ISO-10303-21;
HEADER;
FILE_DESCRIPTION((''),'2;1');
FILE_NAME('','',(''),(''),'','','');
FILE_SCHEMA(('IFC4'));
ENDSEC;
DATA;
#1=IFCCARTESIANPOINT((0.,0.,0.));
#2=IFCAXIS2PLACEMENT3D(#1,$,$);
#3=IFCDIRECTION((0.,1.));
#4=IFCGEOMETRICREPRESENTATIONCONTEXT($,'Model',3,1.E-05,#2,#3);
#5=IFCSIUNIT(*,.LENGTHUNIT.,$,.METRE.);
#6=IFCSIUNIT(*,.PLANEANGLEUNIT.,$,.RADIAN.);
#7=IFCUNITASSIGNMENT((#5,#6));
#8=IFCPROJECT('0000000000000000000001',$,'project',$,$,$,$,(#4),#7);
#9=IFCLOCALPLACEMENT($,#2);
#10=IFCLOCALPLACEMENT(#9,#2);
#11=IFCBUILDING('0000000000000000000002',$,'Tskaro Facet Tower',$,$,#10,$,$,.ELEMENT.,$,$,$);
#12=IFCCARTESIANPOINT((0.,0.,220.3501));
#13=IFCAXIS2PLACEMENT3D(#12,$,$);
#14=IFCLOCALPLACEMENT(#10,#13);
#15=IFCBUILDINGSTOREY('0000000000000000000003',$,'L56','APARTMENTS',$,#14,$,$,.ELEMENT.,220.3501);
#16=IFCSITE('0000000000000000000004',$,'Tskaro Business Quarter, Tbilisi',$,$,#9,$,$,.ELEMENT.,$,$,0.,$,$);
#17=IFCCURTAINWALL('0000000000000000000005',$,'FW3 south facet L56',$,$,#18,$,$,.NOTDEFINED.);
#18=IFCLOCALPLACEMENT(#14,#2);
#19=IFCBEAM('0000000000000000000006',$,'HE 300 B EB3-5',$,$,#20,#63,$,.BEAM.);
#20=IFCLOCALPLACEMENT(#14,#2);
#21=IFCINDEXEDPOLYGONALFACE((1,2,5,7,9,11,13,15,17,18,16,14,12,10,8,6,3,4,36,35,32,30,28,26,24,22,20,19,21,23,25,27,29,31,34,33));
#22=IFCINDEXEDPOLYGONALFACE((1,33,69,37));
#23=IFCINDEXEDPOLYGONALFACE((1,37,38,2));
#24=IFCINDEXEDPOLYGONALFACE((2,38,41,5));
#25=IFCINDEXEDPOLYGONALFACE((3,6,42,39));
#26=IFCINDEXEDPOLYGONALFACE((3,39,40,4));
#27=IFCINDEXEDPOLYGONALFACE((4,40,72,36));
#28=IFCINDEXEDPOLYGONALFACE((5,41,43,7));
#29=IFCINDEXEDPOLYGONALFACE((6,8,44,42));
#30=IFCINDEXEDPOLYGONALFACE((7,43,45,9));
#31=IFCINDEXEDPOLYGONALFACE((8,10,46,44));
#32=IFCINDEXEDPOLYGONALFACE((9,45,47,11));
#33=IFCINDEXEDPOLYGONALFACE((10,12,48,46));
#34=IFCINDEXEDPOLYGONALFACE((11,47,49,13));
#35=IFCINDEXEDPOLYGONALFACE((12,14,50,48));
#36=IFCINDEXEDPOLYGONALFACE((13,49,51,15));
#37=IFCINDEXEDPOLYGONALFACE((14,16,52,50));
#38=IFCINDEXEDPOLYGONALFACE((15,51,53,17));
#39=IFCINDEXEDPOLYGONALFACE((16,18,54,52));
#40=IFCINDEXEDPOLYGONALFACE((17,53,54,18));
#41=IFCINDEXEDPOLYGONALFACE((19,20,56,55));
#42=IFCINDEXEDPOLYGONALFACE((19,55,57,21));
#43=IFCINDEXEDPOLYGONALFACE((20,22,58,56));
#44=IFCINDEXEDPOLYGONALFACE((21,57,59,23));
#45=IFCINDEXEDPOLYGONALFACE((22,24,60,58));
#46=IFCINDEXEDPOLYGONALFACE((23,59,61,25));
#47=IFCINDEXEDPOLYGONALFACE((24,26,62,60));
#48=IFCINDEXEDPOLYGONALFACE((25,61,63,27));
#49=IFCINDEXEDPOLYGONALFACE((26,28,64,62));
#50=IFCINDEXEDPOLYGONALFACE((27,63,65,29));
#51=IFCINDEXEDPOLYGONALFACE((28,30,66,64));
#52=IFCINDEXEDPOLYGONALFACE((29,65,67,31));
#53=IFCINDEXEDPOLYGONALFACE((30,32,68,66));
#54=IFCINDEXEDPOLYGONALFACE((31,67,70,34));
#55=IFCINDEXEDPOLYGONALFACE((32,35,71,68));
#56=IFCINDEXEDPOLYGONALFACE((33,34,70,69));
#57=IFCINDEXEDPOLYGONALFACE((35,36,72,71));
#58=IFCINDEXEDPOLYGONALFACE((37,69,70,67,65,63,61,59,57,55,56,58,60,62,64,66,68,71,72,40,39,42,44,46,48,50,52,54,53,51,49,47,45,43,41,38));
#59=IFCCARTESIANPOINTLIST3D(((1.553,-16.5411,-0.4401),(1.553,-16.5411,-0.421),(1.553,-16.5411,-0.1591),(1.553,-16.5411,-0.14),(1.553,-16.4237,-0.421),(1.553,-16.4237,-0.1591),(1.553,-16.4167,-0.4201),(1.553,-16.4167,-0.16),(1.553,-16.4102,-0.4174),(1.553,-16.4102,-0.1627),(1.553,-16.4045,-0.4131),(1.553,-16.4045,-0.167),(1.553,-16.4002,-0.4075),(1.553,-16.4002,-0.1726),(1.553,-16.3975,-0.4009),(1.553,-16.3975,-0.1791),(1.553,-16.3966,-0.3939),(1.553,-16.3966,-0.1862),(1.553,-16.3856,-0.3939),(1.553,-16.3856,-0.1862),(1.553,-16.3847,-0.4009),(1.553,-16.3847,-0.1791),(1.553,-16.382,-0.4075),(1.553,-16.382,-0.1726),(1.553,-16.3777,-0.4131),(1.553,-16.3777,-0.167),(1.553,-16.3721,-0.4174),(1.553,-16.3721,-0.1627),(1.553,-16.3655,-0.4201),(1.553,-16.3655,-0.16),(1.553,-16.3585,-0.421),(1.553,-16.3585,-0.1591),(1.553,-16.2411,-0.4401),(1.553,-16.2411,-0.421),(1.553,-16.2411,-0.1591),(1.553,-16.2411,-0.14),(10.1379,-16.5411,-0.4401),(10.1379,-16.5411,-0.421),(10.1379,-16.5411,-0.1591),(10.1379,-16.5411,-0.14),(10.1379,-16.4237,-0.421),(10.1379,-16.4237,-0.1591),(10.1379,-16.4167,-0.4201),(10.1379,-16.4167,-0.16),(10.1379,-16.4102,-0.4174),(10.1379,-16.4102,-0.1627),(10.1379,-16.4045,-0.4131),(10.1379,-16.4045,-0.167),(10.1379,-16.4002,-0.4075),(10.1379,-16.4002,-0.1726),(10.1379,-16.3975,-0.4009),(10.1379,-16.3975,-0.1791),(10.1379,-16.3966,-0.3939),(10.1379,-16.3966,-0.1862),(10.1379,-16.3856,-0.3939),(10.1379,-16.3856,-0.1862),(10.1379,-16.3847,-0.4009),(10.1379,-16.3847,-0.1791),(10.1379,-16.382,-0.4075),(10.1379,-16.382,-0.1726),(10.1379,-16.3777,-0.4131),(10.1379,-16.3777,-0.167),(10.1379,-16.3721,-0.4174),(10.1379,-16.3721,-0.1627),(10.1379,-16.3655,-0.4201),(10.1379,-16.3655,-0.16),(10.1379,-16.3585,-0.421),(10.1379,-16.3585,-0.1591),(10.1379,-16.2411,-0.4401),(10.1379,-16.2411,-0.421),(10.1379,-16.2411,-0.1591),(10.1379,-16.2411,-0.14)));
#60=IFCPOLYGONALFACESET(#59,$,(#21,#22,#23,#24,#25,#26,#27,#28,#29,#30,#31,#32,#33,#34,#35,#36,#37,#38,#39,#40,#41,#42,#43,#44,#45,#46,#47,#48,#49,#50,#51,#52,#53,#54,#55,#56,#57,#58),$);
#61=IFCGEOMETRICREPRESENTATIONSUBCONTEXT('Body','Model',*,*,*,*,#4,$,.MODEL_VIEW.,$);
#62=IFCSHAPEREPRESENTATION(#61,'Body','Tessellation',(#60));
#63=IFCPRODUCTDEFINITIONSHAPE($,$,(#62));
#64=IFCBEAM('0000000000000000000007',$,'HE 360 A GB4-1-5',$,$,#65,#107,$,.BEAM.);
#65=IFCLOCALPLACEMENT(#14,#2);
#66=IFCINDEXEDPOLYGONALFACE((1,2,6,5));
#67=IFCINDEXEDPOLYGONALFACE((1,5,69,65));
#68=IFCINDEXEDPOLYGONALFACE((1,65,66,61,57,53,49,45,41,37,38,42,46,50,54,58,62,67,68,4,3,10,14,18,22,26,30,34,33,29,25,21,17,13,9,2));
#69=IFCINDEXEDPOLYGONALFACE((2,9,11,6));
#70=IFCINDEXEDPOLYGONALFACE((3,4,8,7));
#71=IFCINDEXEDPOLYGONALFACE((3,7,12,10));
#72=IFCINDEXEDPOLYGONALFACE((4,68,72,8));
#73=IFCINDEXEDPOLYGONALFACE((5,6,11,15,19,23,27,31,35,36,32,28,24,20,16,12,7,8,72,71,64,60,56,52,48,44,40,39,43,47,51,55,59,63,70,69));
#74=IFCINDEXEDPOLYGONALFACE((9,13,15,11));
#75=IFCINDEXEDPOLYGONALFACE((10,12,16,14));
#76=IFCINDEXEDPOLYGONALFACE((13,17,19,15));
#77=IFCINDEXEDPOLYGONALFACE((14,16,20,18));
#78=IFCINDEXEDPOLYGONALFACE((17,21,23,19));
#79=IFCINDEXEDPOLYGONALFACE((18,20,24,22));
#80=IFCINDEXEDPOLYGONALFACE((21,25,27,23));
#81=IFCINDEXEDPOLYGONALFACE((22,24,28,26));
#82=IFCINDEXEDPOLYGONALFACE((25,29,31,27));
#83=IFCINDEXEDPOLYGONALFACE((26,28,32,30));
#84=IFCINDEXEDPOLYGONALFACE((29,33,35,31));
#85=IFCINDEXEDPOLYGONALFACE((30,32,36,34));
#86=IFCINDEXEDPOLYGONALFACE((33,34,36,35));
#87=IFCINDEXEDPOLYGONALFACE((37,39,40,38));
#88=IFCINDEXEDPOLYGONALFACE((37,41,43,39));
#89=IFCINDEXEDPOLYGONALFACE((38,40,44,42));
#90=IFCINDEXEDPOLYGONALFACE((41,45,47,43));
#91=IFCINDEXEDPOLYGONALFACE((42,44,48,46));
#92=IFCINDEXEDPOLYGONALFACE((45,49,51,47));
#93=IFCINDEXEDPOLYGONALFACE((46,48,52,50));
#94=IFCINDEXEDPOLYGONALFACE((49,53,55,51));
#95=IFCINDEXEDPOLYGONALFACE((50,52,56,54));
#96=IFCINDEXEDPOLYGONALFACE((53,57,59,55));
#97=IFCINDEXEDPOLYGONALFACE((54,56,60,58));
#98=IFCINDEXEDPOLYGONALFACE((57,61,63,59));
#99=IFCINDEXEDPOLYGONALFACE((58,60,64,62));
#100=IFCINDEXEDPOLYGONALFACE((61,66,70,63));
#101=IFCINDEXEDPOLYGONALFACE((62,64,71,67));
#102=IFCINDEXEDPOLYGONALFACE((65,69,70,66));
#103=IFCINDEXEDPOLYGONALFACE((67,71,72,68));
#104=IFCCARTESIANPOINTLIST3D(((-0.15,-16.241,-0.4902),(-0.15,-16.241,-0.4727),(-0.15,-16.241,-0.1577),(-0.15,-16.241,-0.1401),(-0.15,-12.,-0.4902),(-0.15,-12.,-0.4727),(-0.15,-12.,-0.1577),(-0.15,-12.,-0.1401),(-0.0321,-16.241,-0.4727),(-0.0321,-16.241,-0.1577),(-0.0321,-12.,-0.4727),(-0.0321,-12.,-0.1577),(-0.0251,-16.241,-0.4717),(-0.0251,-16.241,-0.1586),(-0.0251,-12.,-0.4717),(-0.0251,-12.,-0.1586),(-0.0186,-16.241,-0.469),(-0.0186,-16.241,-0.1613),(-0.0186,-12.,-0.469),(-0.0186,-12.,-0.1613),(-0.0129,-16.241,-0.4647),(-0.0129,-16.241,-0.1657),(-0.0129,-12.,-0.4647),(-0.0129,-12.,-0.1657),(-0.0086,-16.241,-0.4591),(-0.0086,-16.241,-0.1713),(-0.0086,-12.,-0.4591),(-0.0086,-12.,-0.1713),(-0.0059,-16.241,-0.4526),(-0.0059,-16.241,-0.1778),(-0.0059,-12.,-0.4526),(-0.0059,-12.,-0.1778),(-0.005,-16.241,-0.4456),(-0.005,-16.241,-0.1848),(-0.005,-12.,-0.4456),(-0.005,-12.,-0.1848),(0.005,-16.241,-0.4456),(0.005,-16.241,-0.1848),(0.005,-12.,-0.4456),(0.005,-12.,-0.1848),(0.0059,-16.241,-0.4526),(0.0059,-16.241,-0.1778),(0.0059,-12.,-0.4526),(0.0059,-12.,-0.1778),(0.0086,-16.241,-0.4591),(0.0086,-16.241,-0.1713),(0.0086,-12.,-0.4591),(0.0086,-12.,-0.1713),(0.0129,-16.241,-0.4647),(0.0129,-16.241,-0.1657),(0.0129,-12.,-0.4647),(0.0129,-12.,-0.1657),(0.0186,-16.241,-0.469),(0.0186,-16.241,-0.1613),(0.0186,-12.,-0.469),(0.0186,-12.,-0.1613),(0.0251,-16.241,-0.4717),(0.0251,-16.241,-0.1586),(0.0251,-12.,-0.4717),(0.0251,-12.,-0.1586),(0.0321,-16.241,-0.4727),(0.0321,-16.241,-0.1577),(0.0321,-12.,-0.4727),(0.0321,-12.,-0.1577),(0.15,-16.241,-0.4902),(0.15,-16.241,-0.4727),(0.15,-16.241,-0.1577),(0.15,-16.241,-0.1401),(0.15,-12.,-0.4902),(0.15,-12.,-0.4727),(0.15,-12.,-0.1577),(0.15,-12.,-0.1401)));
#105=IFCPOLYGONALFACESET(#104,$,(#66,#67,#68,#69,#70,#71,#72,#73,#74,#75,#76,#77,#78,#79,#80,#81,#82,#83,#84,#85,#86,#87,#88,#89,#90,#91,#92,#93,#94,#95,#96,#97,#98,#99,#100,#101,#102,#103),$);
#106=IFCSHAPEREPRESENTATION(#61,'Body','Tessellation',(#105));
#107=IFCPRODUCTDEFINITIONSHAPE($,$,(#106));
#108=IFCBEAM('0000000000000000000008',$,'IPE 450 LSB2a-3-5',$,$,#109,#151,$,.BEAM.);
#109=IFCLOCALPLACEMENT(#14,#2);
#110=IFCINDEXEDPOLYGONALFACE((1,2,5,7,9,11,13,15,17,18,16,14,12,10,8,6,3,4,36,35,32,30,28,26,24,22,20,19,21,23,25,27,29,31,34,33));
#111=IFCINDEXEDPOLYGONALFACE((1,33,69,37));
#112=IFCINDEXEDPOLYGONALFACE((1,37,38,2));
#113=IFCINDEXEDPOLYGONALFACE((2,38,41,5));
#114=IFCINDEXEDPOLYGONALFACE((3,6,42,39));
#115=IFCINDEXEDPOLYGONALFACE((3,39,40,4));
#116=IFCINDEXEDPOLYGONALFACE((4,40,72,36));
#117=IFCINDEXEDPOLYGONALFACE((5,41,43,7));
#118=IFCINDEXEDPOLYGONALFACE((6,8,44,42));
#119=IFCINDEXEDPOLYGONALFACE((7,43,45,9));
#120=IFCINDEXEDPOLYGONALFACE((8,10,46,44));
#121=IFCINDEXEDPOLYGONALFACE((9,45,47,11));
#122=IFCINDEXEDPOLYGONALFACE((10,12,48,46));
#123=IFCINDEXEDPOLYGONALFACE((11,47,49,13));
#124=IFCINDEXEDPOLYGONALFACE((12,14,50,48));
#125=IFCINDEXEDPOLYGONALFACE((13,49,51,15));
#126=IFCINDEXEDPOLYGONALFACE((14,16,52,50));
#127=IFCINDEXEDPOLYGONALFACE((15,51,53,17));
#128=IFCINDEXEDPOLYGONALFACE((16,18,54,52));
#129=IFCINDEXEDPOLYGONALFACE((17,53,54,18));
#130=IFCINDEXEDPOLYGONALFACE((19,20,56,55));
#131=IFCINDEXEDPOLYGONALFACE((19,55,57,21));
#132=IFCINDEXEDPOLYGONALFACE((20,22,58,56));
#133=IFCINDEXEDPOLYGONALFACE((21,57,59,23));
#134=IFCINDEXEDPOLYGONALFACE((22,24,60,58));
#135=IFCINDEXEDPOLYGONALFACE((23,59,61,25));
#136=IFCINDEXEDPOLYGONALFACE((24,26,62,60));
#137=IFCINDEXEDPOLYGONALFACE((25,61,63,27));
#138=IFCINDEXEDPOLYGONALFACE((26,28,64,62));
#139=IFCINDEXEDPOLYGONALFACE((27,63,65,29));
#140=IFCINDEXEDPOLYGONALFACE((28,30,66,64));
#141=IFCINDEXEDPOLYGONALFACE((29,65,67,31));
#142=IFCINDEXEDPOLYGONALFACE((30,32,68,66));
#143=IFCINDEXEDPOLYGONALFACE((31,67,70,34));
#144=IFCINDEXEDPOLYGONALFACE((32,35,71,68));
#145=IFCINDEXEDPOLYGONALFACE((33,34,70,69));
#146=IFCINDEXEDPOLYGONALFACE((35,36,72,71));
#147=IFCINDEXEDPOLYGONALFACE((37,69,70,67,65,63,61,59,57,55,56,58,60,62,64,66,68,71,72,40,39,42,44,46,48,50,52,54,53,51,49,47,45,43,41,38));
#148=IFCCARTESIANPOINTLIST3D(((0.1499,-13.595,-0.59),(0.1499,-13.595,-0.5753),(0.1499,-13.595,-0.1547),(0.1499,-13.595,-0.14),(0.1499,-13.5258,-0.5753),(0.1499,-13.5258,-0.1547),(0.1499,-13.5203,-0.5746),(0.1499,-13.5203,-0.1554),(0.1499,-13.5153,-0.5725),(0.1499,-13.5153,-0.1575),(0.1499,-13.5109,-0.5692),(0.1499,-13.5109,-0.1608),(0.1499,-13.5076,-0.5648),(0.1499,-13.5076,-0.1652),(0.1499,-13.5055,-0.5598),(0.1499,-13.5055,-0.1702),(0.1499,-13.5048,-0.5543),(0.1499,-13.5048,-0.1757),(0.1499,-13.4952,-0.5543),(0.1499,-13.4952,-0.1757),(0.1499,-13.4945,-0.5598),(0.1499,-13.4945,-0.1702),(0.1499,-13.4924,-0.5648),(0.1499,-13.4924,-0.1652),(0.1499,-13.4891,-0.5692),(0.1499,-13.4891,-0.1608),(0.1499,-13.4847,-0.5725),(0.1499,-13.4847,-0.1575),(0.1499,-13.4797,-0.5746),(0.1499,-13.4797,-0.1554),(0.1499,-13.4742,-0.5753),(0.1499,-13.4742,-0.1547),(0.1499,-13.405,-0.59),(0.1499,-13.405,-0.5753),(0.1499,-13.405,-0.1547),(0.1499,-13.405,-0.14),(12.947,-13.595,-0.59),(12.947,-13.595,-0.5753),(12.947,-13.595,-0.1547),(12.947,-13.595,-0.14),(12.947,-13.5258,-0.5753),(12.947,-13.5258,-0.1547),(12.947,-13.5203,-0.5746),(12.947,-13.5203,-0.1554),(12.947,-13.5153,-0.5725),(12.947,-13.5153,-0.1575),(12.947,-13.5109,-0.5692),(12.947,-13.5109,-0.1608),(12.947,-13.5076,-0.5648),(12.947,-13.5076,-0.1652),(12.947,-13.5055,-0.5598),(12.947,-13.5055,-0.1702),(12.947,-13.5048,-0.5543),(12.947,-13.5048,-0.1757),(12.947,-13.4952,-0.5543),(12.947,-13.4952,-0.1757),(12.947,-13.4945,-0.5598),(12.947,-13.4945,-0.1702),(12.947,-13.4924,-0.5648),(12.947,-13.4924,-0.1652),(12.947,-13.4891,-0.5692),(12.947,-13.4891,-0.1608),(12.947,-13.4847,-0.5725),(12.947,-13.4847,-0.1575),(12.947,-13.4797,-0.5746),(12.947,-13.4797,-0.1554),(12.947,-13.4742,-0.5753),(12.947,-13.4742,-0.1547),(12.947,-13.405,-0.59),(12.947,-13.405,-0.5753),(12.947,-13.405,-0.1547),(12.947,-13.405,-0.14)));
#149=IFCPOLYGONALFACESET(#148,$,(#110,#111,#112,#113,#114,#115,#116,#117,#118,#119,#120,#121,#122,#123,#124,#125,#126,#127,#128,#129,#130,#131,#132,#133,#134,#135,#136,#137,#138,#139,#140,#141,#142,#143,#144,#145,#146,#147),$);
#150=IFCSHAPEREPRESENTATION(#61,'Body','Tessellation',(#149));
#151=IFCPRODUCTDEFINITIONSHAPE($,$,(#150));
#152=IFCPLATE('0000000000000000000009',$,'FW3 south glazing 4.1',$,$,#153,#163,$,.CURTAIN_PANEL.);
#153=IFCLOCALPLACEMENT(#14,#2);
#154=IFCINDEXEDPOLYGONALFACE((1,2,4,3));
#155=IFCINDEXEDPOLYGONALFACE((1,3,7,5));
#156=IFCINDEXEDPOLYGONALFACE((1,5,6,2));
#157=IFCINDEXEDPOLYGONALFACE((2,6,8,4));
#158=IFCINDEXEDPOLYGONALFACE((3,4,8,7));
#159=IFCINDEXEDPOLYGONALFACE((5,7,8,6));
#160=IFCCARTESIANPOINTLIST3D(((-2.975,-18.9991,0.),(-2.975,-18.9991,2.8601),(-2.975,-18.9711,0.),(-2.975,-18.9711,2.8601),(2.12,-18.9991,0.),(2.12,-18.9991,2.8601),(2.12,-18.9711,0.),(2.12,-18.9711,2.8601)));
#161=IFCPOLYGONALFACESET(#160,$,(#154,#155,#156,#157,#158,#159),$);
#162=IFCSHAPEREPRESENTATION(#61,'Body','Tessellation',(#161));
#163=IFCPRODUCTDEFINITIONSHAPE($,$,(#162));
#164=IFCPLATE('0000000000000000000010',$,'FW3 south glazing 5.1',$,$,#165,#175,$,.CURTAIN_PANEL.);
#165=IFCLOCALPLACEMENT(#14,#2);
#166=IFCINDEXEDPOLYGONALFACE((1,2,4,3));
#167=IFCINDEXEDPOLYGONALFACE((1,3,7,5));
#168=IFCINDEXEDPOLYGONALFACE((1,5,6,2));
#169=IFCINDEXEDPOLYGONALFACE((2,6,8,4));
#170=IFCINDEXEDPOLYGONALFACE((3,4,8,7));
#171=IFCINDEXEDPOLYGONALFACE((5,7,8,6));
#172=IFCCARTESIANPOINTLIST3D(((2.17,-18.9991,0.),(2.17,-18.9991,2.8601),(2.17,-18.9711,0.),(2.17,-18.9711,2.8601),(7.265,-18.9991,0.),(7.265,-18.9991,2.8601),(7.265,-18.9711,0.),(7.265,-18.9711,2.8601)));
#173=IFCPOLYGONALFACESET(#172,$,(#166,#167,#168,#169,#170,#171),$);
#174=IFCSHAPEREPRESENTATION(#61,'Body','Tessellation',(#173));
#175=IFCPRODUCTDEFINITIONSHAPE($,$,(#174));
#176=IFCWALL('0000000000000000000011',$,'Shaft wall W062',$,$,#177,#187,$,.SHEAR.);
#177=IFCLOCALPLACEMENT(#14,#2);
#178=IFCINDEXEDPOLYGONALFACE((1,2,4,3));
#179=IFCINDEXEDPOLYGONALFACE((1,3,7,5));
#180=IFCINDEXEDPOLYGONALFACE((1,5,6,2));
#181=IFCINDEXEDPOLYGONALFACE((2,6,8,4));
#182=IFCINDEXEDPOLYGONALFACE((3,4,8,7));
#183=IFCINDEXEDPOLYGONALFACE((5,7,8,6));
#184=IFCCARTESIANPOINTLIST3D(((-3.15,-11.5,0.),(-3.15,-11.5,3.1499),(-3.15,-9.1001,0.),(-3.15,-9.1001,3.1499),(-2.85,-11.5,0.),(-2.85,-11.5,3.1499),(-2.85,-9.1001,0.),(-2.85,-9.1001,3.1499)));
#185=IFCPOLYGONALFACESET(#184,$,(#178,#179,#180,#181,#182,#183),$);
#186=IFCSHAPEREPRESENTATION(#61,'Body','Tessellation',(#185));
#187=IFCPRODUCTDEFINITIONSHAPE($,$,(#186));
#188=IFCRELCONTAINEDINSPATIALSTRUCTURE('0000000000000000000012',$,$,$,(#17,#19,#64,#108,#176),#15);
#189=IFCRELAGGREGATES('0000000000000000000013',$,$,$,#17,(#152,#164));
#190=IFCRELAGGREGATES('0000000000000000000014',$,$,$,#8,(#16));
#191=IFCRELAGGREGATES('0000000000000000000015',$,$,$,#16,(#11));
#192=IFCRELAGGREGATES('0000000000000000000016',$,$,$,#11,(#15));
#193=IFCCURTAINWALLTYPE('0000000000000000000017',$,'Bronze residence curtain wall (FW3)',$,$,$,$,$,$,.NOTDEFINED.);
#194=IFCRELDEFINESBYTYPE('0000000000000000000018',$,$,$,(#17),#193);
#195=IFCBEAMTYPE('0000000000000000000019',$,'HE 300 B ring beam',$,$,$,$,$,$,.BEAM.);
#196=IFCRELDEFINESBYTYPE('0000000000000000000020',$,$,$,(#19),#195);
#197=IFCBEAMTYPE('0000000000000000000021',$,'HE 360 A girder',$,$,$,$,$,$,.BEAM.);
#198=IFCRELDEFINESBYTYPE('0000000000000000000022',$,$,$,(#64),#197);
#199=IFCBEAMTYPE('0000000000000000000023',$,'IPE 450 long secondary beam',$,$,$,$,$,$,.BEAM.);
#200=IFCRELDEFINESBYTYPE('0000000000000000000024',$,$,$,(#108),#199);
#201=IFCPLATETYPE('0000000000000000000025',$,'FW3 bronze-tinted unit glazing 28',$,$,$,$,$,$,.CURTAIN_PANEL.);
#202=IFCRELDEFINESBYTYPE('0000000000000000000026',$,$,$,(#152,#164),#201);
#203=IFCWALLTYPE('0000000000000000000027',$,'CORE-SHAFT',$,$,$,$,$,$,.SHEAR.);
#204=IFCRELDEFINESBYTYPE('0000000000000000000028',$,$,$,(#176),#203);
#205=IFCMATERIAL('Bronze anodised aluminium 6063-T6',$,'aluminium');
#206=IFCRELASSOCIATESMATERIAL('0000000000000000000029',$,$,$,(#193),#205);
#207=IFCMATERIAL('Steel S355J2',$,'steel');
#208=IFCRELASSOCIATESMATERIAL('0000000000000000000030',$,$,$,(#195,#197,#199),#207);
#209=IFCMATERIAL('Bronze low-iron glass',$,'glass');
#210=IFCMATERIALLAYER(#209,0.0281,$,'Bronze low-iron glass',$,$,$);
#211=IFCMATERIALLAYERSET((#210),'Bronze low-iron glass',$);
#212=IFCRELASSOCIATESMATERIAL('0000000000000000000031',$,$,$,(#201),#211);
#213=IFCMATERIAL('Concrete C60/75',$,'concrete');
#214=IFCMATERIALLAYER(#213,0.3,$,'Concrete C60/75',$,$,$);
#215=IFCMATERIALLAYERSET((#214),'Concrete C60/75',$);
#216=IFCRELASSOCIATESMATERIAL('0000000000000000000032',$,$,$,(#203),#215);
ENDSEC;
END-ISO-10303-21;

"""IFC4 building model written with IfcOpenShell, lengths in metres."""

from ifc_helpers import new_model, si_unit, direction, frame, frame_2d, origin, origin_2d, place, context, subcontext, project, spatial, rectangle, i_section, extrude, material, layer, layer_set, material_profile, profile_set, type_object, element, aggregate, save


model = new_model("IFC4")

# Units and contexts
model_context = context("Model", 3, precision=1e-05, world=origin(), true_north=direction((0.0, 1.0)))
body_context = subcontext(model_context, "Body", "Model", "MODEL_VIEW")
ifc_project = project(units=[si_unit("LENGTHUNIT", "METRE"), si_unit("PLANEANGLEUNIT", "RADIAN")], contexts=[model_context])

# Site, building, storey
site_placement = place(None, origin())
site = spatial("IfcSite", under=ifc_project, at=site_placement, Name="Tskaro Business Quarter, Tbilisi", CompositionType="ELEMENT", RefElevation=0.0)
building_placement = place(site_placement, origin())
building = spatial("IfcBuilding", under=site, at=building_placement, Name="Tskaro Facet Tower", CompositionType="ELEMENT")
storey_placement = place(building_placement, frame((0.0, 0.0, 220.3501)))
storey = spatial("IfcBuildingStorey", under=building, at=storey_placement, Name="L56", Description="APARTMENTS", CompositionType="ELEMENT", Elevation=220.3501)

# Shared definitions
ifc_material_1 = material(Name="Steel S355J2", Category="steel")

# Curtain wall
ifc_material_2 = material(Name="Bronze anodised aluminium 6063-T6", Category="aluminium")
curtain_wall_type = type_object("IfcCurtainWallType", Name="Bronze residence curtain wall (FW3)", PredefinedType="NOTDEFINED", material=ifc_material_2)
curtain_wall_placement = place(storey_placement, origin())
curtain_wall = element("IfcCurtainWall", 1, at=curtain_wall_placement, inside=storey, type_object=curtain_wall_type, Name="FW3 south facet L56", PredefinedType="NOTDEFINED")

# Beams
ifc_material_profile_1 = material_profile(ifc_material_1, i_section(OverallWidth=0.3, OverallDepth=0.3, WebThickness=0.011, FlangeThickness=0.019, FilletRadius=0.0271, at=origin_2d()), Name="HE 300 B")
ifc_profile_set_1 = profile_set([ifc_material_profile_1], Name="Steel S355J2")
beam_type_1 = type_object("IfcBeamType", Name="HE 300 B ring beam", PredefinedType="BEAM", material=ifc_profile_set_1)
beam_1_placement = place(storey_placement, frame((1.553, -16.3911, -0.29), z_axis=(1.0, 0.0, 0.0), x_axis=(0.0, 1.0, 0.0)))
element("IfcBeam", 2, at=beam_1_placement, inside=storey, type_object=beam_type_1, Name="HE 300 B EB3-5", PredefinedType="BEAM", context=body_context, shape_type="SweptSolid", body=[
    extrude(i_section(OverallWidth=0.3, OverallDepth=0.3, WebThickness=0.011, FlangeThickness=0.019, FilletRadius=0.0271, at=origin_2d()), origin(), (0.0, 0.0, 1.0), 8.585),
])
ifc_material_profile_2 = material_profile(ifc_material_1, i_section(OverallWidth=0.3, OverallDepth=0.3501, WebThickness=0.01, FlangeThickness=0.0176, FilletRadius=0.0271, at=origin_2d()), Name="HE 360 A")
ifc_profile_set_2 = profile_set([ifc_material_profile_2], Name="Steel S355J2")
beam_type_2 = type_object("IfcBeamType", Name="HE 360 A girder", PredefinedType="BEAM", material=ifc_profile_set_2)
beam_2_placement = place(storey_placement, frame((0.0, -16.241, -0.3152), z_axis=(0.0, 1.0, 0.0), x_axis=(-1.0, 0.0, 0.0)))
element("IfcBeam", 3, at=beam_2_placement, inside=storey, type_object=beam_type_2, Name="HE 360 A GB4-1-5", PredefinedType="BEAM", context=body_context, shape_type="SweptSolid", body=[
    extrude(i_section(OverallWidth=0.3, OverallDepth=0.3501, WebThickness=0.01, FlangeThickness=0.0176, FilletRadius=0.0271, at=origin_2d()), origin(), (0.0, 0.0, 1.0), 4.241),
])
ifc_material_profile_3 = material_profile(ifc_material_1, i_section(OverallWidth=0.1899, OverallDepth=0.45, WebThickness=0.0095, FlangeThickness=0.0146, FilletRadius=0.021, at=origin_2d()), Name="IPE 450")
ifc_profile_set_3 = profile_set([ifc_material_profile_3], Name="Steel S355J2")
beam_type_3 = type_object("IfcBeamType", Name="IPE 450 long secondary beam", PredefinedType="BEAM", material=ifc_profile_set_3)
beam_3_placement = place(storey_placement, frame((0.1499, -13.5, -0.365), z_axis=(1.0, 0.0, 0.0), x_axis=(0.0, 1.0, 0.0)))
element("IfcBeam", 4, at=beam_3_placement, inside=storey, type_object=beam_type_3, Name="IPE 450 LSB2a-3-5", PredefinedType="BEAM", context=body_context, shape_type="SweptSolid", body=[
    extrude(i_section(OverallWidth=0.1899, OverallDepth=0.45, WebThickness=0.0095, FlangeThickness=0.0146, FilletRadius=0.021, at=origin_2d()), origin(), (0.0, 0.0, 1.0), 12.7971),
])

# Plates
ifc_material_3 = material(Name="Bronze low-iron glass", Category="glass")
ifc_layer_1 = layer(ifc_material_3, 0.0281, Name="Bronze low-iron glass")
ifc_layer_set_1 = layer_set([ifc_layer_1], Name="Bronze low-iron glass")
plate_type = type_object("IfcPlateType", Name="FW3 bronze-tinted unit glazing 28", PredefinedType="CURTAIN_PANEL", material=ifc_layer_set_1)
plate_1_placement = place(storey_placement, frame((-0.4275, -18.9851, 0.0), z_axis=(0.0, 0.0, 1.0), x_axis=(1.0, 0.0, 0.0)))
plate_1 = element("IfcPlate", 5, at=plate_1_placement, type_object=plate_type, Name="FW3 south glazing 4.1", PredefinedType="CURTAIN_PANEL", context=body_context, shape_type="SweptSolid", body=[
    extrude(rectangle(XDim=5.095, YDim=0.0281, at=origin_2d()), origin(), (0.0, 0.0, 1.0), 2.8601),
])
plate_2_placement = place(storey_placement, frame((4.7175, -18.9851, 0.0), z_axis=(0.0, 0.0, 1.0), x_axis=(1.0, 0.0, 0.0)))
plate_2 = element("IfcPlate", 6, at=plate_2_placement, type_object=plate_type, Name="FW3 south glazing 5.1", PredefinedType="CURTAIN_PANEL", context=body_context, shape_type="SweptSolid", body=[
    extrude(rectangle(XDim=5.095, YDim=0.0281, at=origin_2d()), origin(), (0.0, 0.0, 1.0), 2.8601),
])
aggregate(curtain_wall, [plate_1, plate_2])

# Wall
ifc_material_4 = material(Name="Concrete C60/75", Category="concrete")
ifc_layer_2 = layer(ifc_material_4, 0.3, Name="Concrete C60/75")
ifc_layer_set_2 = layer_set([ifc_layer_2], Name="Concrete C60/75")
wall_type = type_object("IfcWallType", Name="CORE-SHAFT", PredefinedType="SHEAR", material=ifc_layer_set_2)
wall_placement = place(storey_placement, frame((-3.0, -11.5, 0.0), z_axis=(0.0, 0.0, 1.0), x_axis=(0.0, 1.0, 0.0)))
element("IfcWall", 7, at=wall_placement, inside=storey, type_object=wall_type, Name="Shaft wall W062", PredefinedType="SHEAR", context=body_context, shape_type="SweptSolid", body=[
    extrude(rectangle(XDim=2.3999, YDim=0.3, at=frame_2d((1.2, 0.0))), origin(), (0.0, 0.0, 1.0), 3.1499),
])

save(model, "model.ifc")
